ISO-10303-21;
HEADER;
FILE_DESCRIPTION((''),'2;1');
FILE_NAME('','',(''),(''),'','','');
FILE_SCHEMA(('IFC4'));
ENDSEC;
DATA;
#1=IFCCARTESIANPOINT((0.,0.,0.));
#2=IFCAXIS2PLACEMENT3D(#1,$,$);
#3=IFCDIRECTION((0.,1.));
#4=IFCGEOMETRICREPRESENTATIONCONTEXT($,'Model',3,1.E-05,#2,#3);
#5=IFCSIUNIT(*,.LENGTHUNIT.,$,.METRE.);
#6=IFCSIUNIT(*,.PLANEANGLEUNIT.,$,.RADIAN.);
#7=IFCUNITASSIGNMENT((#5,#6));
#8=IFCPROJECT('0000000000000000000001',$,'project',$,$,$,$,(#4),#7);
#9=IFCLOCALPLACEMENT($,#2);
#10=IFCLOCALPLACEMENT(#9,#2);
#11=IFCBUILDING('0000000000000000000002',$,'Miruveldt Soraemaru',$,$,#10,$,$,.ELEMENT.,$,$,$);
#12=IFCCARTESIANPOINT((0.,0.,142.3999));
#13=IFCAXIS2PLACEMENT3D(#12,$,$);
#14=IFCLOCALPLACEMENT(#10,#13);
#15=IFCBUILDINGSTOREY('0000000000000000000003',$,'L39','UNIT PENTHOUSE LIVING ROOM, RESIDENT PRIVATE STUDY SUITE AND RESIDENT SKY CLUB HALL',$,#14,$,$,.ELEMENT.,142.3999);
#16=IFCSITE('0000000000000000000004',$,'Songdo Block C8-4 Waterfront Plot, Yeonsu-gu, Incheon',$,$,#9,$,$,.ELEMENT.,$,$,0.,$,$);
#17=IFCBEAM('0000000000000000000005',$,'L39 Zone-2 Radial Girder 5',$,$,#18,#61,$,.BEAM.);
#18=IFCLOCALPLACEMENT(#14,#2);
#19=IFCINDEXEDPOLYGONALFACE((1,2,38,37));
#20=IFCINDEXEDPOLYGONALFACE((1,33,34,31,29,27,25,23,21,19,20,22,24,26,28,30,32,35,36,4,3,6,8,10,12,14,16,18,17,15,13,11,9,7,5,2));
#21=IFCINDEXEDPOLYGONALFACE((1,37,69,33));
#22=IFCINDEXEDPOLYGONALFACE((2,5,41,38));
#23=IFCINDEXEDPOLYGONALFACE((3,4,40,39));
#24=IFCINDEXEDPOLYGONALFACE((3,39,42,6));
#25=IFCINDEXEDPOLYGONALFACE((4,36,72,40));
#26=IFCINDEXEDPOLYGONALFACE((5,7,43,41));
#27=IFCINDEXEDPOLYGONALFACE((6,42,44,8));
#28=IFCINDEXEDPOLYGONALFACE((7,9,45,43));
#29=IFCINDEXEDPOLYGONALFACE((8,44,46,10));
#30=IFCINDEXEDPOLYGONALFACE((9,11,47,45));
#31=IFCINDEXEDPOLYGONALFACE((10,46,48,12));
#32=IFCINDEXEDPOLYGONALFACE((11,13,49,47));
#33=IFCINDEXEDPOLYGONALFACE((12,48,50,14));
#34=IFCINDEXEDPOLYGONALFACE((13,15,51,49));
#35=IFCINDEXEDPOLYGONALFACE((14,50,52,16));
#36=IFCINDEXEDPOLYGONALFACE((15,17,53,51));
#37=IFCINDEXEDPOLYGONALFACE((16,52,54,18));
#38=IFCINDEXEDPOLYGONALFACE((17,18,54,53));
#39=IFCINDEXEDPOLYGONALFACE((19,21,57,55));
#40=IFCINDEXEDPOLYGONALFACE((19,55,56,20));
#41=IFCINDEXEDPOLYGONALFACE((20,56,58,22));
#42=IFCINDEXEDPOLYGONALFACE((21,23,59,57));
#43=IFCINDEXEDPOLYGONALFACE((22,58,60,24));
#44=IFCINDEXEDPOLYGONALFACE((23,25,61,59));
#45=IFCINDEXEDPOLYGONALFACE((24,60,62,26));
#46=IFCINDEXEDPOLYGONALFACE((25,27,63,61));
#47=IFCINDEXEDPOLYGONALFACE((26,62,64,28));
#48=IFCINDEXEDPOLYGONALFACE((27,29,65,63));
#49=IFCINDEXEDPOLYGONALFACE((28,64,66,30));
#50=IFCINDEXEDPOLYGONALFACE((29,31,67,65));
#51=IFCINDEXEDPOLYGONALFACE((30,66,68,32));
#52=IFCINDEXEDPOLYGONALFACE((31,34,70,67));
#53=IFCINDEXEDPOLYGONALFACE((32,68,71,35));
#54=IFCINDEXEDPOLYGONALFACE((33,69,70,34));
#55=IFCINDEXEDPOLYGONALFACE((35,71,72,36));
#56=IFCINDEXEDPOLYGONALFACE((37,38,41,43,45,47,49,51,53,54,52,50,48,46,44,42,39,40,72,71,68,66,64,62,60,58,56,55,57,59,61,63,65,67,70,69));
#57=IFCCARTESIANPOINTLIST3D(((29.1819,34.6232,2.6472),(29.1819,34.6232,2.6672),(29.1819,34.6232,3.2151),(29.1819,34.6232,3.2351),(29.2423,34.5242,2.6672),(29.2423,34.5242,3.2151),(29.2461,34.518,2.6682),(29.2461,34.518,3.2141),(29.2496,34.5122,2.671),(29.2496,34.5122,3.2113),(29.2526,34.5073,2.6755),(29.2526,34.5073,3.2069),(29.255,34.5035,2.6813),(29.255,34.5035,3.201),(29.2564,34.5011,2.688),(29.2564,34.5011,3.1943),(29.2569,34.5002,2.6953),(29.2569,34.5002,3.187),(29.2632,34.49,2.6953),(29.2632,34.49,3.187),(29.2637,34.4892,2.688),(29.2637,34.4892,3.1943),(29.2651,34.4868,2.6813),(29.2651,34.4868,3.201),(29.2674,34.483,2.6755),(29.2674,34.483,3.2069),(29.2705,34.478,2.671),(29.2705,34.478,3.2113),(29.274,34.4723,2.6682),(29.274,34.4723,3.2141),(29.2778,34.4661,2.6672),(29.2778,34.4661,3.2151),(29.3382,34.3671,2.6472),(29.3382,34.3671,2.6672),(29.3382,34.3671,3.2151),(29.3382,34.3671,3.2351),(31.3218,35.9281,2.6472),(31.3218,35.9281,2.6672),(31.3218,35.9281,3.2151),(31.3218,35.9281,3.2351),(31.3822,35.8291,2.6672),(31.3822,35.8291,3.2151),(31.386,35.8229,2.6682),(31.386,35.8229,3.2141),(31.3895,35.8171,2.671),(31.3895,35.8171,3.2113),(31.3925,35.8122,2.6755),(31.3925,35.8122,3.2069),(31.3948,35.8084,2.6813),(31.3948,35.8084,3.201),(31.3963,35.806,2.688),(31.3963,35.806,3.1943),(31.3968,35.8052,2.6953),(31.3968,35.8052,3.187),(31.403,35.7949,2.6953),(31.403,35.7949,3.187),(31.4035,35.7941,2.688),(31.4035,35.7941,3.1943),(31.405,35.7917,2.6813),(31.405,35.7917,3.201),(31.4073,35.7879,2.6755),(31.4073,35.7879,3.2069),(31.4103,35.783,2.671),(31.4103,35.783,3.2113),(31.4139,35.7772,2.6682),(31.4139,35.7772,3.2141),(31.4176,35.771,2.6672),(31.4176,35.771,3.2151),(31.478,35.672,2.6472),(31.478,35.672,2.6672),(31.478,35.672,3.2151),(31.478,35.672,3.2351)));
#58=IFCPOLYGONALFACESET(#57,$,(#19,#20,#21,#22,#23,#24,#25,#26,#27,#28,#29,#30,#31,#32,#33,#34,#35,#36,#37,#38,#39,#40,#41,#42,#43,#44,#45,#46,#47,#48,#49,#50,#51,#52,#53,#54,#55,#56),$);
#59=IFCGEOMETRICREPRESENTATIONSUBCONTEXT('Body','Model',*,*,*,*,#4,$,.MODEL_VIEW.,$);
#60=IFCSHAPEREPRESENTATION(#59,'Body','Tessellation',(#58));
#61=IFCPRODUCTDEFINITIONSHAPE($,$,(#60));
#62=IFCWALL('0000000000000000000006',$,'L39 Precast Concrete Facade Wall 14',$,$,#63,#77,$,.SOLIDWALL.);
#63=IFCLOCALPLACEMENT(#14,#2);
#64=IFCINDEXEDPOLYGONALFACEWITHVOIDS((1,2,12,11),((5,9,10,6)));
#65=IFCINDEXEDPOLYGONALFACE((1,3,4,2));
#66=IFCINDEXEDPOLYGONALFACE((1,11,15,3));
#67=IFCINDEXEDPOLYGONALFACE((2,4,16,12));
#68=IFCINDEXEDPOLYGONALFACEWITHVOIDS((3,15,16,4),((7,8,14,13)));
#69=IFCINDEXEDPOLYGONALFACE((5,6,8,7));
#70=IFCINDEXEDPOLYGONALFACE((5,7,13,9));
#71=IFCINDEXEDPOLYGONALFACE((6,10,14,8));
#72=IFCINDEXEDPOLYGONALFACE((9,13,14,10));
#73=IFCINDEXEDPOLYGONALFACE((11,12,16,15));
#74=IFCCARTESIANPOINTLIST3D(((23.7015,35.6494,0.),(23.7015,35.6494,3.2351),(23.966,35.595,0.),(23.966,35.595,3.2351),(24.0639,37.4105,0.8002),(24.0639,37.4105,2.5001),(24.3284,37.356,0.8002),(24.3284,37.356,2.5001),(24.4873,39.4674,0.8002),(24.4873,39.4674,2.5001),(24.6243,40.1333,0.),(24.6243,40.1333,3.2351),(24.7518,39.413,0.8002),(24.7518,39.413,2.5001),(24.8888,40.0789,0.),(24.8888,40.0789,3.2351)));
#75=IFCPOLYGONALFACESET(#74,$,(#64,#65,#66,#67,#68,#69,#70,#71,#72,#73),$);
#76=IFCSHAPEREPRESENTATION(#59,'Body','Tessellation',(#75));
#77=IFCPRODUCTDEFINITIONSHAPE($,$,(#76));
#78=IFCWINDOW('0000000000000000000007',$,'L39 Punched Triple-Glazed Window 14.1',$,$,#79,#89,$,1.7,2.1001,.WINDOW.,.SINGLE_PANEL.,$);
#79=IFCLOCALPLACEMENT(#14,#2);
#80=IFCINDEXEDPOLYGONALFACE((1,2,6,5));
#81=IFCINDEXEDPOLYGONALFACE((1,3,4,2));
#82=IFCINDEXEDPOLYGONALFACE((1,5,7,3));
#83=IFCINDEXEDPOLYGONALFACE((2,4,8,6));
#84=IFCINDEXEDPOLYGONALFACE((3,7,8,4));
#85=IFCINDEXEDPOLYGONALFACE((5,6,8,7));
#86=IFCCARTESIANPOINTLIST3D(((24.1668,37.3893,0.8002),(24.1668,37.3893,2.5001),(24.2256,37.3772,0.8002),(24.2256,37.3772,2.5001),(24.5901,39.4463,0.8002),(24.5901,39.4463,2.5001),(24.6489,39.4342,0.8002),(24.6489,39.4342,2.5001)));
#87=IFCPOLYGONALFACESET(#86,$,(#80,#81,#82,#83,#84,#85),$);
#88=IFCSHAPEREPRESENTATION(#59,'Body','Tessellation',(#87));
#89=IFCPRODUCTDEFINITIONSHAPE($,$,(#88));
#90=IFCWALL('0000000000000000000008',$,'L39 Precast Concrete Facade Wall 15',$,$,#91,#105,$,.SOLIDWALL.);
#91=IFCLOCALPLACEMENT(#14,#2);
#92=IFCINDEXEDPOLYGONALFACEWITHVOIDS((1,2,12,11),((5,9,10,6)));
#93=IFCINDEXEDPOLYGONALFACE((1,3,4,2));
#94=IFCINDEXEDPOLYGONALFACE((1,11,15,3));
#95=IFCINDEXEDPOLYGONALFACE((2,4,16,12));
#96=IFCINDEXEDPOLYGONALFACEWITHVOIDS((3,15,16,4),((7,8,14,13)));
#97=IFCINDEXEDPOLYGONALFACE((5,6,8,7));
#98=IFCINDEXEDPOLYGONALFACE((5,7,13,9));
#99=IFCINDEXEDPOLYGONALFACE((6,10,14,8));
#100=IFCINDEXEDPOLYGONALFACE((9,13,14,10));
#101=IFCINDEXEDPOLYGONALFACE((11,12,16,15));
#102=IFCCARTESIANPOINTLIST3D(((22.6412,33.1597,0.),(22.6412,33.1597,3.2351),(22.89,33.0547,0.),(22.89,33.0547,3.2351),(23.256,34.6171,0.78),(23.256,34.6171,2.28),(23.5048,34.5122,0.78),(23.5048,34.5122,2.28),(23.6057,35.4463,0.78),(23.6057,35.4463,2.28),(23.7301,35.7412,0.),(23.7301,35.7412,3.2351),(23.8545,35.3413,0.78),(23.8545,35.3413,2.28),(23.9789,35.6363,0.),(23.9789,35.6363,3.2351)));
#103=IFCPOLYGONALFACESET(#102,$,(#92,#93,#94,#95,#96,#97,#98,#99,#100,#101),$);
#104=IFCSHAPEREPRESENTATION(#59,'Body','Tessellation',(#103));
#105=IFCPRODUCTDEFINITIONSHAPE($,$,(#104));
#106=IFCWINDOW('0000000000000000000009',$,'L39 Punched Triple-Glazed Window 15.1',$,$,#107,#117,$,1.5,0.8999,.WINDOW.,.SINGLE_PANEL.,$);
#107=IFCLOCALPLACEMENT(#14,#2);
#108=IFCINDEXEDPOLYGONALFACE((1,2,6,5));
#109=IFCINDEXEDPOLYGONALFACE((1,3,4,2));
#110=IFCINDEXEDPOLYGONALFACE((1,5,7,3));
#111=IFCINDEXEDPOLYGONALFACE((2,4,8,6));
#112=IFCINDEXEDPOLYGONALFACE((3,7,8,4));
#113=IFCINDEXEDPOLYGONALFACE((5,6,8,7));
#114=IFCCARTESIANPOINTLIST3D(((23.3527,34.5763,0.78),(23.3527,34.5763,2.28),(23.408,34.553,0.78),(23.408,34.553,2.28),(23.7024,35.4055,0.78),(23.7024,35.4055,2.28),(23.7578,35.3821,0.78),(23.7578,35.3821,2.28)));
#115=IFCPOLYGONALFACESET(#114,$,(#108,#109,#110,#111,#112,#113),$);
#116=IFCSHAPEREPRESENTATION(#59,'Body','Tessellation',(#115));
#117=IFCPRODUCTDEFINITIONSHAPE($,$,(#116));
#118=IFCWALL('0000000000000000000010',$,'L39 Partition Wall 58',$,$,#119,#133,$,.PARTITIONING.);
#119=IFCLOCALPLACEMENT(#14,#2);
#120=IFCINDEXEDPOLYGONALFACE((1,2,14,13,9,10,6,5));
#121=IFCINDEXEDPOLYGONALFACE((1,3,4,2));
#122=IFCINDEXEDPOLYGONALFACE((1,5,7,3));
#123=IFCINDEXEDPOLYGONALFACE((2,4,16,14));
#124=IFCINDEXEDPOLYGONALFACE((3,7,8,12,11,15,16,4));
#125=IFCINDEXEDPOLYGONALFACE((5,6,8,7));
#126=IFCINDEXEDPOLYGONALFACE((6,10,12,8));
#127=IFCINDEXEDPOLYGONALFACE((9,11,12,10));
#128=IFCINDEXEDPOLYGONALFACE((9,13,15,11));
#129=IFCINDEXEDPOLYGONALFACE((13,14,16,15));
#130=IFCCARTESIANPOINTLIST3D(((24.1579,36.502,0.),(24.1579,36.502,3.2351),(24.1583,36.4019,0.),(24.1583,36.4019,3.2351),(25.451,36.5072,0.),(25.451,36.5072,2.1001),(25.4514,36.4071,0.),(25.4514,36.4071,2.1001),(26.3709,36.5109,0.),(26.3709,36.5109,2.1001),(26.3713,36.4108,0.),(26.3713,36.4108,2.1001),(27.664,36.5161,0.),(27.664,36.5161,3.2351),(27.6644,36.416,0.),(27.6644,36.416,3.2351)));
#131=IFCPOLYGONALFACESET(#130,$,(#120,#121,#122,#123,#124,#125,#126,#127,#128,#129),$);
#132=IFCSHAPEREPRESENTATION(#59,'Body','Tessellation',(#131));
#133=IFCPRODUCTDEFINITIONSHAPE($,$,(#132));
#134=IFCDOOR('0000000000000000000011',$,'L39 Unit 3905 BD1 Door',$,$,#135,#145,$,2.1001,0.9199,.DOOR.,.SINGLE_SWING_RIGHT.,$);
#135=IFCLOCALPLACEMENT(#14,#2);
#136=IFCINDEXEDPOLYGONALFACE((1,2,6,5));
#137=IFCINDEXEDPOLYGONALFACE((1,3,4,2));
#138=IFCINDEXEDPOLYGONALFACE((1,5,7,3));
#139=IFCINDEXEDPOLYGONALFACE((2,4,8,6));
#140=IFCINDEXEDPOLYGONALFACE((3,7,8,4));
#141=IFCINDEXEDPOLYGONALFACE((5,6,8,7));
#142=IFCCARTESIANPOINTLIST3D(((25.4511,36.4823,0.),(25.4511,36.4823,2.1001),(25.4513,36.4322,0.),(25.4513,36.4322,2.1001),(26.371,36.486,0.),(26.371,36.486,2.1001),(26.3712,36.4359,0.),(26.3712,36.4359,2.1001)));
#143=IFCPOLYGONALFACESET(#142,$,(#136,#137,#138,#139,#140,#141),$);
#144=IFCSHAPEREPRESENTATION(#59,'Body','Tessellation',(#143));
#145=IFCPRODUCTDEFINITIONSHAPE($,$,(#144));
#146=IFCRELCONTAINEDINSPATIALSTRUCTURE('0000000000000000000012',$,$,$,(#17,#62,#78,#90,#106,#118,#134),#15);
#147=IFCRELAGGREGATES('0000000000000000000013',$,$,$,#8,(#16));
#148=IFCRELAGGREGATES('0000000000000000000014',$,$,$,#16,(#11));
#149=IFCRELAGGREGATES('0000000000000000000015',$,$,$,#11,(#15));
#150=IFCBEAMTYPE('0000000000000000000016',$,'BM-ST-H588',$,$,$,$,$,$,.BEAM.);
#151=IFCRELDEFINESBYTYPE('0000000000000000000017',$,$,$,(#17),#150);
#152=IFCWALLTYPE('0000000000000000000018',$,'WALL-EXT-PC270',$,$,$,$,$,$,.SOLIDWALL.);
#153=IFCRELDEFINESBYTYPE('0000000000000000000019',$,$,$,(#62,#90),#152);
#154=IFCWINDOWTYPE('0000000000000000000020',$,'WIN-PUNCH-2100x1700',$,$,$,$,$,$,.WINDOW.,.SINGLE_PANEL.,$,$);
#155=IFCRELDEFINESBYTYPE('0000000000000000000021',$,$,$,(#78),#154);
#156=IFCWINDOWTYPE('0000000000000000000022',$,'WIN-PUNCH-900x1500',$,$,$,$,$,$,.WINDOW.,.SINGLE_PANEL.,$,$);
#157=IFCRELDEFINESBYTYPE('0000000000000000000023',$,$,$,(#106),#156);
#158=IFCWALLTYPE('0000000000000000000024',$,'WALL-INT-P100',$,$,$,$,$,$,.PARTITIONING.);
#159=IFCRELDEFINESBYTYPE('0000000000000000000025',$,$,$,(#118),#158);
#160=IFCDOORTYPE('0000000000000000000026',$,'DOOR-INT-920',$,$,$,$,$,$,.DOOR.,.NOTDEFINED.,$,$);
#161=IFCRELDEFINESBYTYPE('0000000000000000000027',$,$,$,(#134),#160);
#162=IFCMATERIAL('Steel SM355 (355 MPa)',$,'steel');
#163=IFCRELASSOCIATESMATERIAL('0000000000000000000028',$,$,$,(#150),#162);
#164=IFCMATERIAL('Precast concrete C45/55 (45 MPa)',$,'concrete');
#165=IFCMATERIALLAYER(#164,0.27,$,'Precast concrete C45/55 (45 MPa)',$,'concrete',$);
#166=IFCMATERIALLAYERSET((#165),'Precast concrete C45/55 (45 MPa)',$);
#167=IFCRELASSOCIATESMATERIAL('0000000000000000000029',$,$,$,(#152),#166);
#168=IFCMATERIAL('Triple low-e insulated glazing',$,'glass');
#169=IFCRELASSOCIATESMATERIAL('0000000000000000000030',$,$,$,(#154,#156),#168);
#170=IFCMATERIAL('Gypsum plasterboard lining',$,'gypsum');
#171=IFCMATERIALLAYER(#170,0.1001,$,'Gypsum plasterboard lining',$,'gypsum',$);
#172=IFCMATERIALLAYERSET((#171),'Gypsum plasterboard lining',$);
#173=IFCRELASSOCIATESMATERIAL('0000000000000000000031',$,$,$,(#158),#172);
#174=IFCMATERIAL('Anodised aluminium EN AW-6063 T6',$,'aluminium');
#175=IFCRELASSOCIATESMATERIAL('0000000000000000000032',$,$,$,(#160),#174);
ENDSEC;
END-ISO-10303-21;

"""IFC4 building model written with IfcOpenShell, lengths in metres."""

from ifc_helpers import new_model, si_unit, direction, frame, frame_2d, origin, origin_2d, place, context, subcontext, project, spatial, rectangle, i_section, extrude, material, layer, layer_set, material_profile, profile_set, type_object, element, fill, save


model = new_model("IFC4")

# Units and contexts
model_context = context("Model", 3, precision=1e-05, world=origin(), true_north=direction((0.0, 1.0)))
body_context = subcontext(model_context, "Body", "Model", "MODEL_VIEW")
ifc_project = project(units=[si_unit("LENGTHUNIT", "METRE"), si_unit("PLANEANGLEUNIT", "RADIAN")], contexts=[model_context])

# Site, building, storey
site_placement = place(None, origin())
site = spatial("IfcSite", under=ifc_project, at=site_placement, Name="Songdo Block C8-4 Waterfront Plot, Yeonsu-gu, Incheon", CompositionType="ELEMENT", RefElevation=0.0)
building_placement = place(site_placement, origin())
building = spatial("IfcBuilding", under=site, at=building_placement, Name="Miruveldt Soraemaru", CompositionType="ELEMENT")
storey_placement = place(building_placement, frame((0.0, 0.0, 142.3999)))
storey = spatial("IfcBuildingStorey", under=building, at=storey_placement, Name="L39", Description="UNIT PENTHOUSE LIVING ROOM, RESIDENT PRIVATE STUDY SUITE AND RESIDENT SKY CLUB HALL", CompositionType="ELEMENT", Elevation=142.3999)

# Beam
ifc_material_1 = material(Name="Steel SM355 (355 MPa)", Category="steel")
ifc_material_profile_1 = material_profile(ifc_material_1, i_section(OverallWidth=0.3, OverallDepth=0.5879, WebThickness=0.012, FlangeThickness=0.02, FilletRadius=0.0281, at=origin_2d()), Name="Steel SM355 (355 MPa)", Category="steel")
ifc_profile_set_1 = profile_set([ifc_material_profile_1], Name="Steel SM355 (355 MPa)")
beam_type_1 = type_object("IfcBeamType", Name="BM-ST-H588", PredefinedType="BEAM", material=ifc_profile_set_1)
beam_1_placement = place(storey_placement, frame((31.3999, 35.8, 2.9412), z_axis=(-0.853775, -0.520642, 0.0), x_axis=(0.520642, -0.853775, 0.0)))
element("IfcBeam", 1, at=beam_1_placement, inside=storey, type_object=beam_type_1, Name="L39 Zone-2 Radial Girder 5", PredefinedType="BEAM", context=body_context, shape_type="SweptSolid", body=[
    extrude(i_section(OverallWidth=0.3, OverallDepth=0.5879, WebThickness=0.012, FlangeThickness=0.02, FilletRadius=0.0281, at=origin_2d()), origin(), (0.0, 0.0, 1.0), 2.5063),
])

# Walls, openings, windows
ifc_material_2 = material(Name="Precast concrete C45/55 (45 MPa)", Category="concrete")
ifc_layer_1 = layer(ifc_material_2, 0.27, Name="Precast concrete C45/55 (45 MPa)", Category="concrete")
ifc_layer_set_1 = layer_set([ifc_layer_1], Name="Precast concrete C45/55 (45 MPa)")
wall_type_1 = type_object("IfcWallType", Name="WALL-EXT-PC270", PredefinedType="SOLIDWALL", material=ifc_layer_set_1)
wall_1_placement = place(storey_placement, frame((24.7566, 40.1062, 0.0), z_axis=(0.0, 0.0, 1.0), x_axis=(-0.20159, -0.97947, 0.0)))
wall_1 = element("IfcWall", 2, at=wall_1_placement, inside=storey, type_object=wall_type_1, Name="L39 Precast Concrete Facade Wall 14", PredefinedType="SOLIDWALL", context=body_context, shape_type="SweptSolid", body=[
    extrude(rectangle(XDim=4.5779, YDim=0.27, at=frame_2d((2.2891, 0.0))), origin(), (0.0, 0.0, 1.0), 3.2351),
])
opening_1_placement = place(wall_1_placement, frame((0.6799, 0.0, 0.8)))
opening_1 = element("IfcOpeningElement", 3, at=opening_1_placement, cuts=wall_1, PredefinedType="OPENING", context=body_context, shape_type="SweptSolid", body=[
    extrude(rectangle(XDim=2.1001, YDim=1.7, at=frame_2d((1.05, 0.8501))), frame((0.0, 0.145, 0.0), z_axis=(0.0, -1.0, 0.0), x_axis=(1.0, 0.0, 0.0)), (0.0, 0.0, 1.0), 0.29),
])
ifc_material_3 = material(Name="Triple low-e insulated glazing", Category="glass")
window_type_1 = type_object("IfcWindowType", Name="WIN-PUNCH-2100x1700", PartitioningType="SINGLE_PANEL", PredefinedType="WINDOW", material=ifc_material_3)
window_1_placement = place(opening_1_placement, origin())
window_1 = element("IfcWindow", 4, at=window_1_placement, inside=storey, type_object=window_type_1, Name="L39 Punched Triple-Glazed Window 14.1", OverallHeight=1.7, OverallWidth=2.1001, PartitioningType="SINGLE_PANEL", PredefinedType="WINDOW", context=body_context, shape_type="SweptSolid", body=[
    extrude(rectangle(XDim=2.1001, YDim=1.7, at=frame_2d((1.05, 0.8501))), frame((0.0, 0.03, 0.0), z_axis=(0.0, -1.0, 0.0), x_axis=(1.0, 0.0, 0.0)), (0.0, 0.0, 1.0), 0.0601),
])
fill(opening_1, window_1)
wall_2_placement = place(storey_placement, frame((23.8545, 35.6887, 0.0), z_axis=(0.0, 0.0, 1.0), x_axis=(-0.388633, -0.921392, 0.0)))
wall_2 = element("IfcWall", 5, at=wall_2_placement, inside=storey, type_object=wall_type_1, Name="L39 Precast Concrete Facade Wall 15", PredefinedType="SOLIDWALL", context=body_context, shape_type="SweptSolid", body=[
    extrude(rectangle(XDim=2.8018, YDim=0.27, at=frame_2d((1.4009, 0.0))), origin(), (0.0, 0.0, 1.0), 3.2351),
])
opening_2_placement = place(wall_2_placement, frame((0.3201, 0.0, 0.78)))
opening_2 = element("IfcOpeningElement", 6, at=opening_2_placement, cuts=wall_2, PredefinedType="OPENING", context=body_context, shape_type="SweptSolid", body=[
    extrude(rectangle(XDim=0.8999, YDim=1.5, at=frame_2d((0.45, 0.75))), frame((0.0, 0.145, 0.0), z_axis=(0.0, -1.0, 0.0), x_axis=(1.0, 0.0, 0.0)), (0.0, 0.0, 1.0), 0.29),
])
window_type_2 = type_object("IfcWindowType", Name="WIN-PUNCH-900x1500", PartitioningType="SINGLE_PANEL", PredefinedType="WINDOW", material=ifc_material_3)
window_2_placement = place(opening_2_placement, origin())
window_2 = element("IfcWindow", 7, at=window_2_placement, inside=storey, type_object=window_type_2, Name="L39 Punched Triple-Glazed Window 15.1", OverallHeight=1.5, OverallWidth=0.8999, PartitioningType="SINGLE_PANEL", PredefinedType="WINDOW", context=body_context, shape_type="SweptSolid", body=[
    extrude(rectangle(XDim=0.8999, YDim=1.5, at=frame_2d((0.45, 0.75))), frame((0.0, 0.03, 0.0), z_axis=(0.0, -1.0, 0.0), x_axis=(1.0, 0.0, 0.0)), (0.0, 0.0, 1.0), 0.0601),
])
fill(opening_2, window_2)

# Wall, opening, door
ifc_material_4 = material(Name="Gypsum plasterboard lining", Category="gypsum")
ifc_layer_2 = layer(ifc_material_4, 0.1001, Name="Gypsum plasterboard lining", Category="gypsum")
ifc_layer_set_2 = layer_set([ifc_layer_2], Name="Gypsum plasterboard lining")
wall_type_2 = type_object("IfcWallType", Name="WALL-INT-P100", PredefinedType="PARTITIONING", material=ifc_layer_set_2)
wall_3_placement = place(storey_placement, frame((27.6641, 36.4661, 0.0), z_axis=(0.0, 0.0, 1.0), x_axis=(-0.999992, -0.004039, 0.0)))
wall_3 = element("IfcWall", 8, at=wall_3_placement, inside=storey, type_object=wall_type_2, Name="L39 Partition Wall 58", PredefinedType="PARTITIONING", context=body_context, shape_type="SweptSolid", body=[
    extrude(rectangle(XDim=3.5061, YDim=0.1001, at=frame_2d((1.7529, 0.0))), origin(), (0.0, 0.0, 1.0), 3.2351),
])
opening_3_placement = place(wall_3_placement, frame((1.293, 0.0, 0.0)))
opening_3 = element("IfcOpeningElement", 9, at=opening_3_placement, cuts=wall_3, PredefinedType="OPENING", context=body_context, shape_type="SweptSolid", body=[
    extrude(rectangle(XDim=0.9199, YDim=2.1001, at=frame_2d((0.46, 1.05))), frame((0.0, 0.0601, 0.0), z_axis=(0.0, -1.0, 0.0), x_axis=(1.0, 0.0, 0.0)), (0.0, 0.0, 1.0), 0.1201),
])
ifc_material_5 = material(Name="Anodised aluminium EN AW-6063 T6", Category="aluminium")
door_type = type_object("IfcDoorType", Name="DOOR-INT-920", OperationType="NOTDEFINED", PredefinedType="DOOR", material=ifc_material_5)
door_1_placement = place(opening_3_placement, origin())
door_1 = element("IfcDoor", 10, at=door_1_placement, inside=storey, type_object=door_type, Name="L39 Unit 3905 BD1 Door", OperationType="SINGLE_SWING_RIGHT", OverallHeight=2.1001, OverallWidth=0.9199, PredefinedType="DOOR", context=body_context, shape_type="SweptSolid", body=[
    extrude(rectangle(XDim=0.9199, YDim=2.1001, at=frame_2d((0.46, 1.05))), frame((0.0, 0.0249, 0.0), z_axis=(0.0, -1.0, 0.0), x_axis=(1.0, 0.0, 0.0)), (0.0, 0.0, 1.0), 0.05),
])
fill(opening_3, door_1)

save(model, "model.ifc")
